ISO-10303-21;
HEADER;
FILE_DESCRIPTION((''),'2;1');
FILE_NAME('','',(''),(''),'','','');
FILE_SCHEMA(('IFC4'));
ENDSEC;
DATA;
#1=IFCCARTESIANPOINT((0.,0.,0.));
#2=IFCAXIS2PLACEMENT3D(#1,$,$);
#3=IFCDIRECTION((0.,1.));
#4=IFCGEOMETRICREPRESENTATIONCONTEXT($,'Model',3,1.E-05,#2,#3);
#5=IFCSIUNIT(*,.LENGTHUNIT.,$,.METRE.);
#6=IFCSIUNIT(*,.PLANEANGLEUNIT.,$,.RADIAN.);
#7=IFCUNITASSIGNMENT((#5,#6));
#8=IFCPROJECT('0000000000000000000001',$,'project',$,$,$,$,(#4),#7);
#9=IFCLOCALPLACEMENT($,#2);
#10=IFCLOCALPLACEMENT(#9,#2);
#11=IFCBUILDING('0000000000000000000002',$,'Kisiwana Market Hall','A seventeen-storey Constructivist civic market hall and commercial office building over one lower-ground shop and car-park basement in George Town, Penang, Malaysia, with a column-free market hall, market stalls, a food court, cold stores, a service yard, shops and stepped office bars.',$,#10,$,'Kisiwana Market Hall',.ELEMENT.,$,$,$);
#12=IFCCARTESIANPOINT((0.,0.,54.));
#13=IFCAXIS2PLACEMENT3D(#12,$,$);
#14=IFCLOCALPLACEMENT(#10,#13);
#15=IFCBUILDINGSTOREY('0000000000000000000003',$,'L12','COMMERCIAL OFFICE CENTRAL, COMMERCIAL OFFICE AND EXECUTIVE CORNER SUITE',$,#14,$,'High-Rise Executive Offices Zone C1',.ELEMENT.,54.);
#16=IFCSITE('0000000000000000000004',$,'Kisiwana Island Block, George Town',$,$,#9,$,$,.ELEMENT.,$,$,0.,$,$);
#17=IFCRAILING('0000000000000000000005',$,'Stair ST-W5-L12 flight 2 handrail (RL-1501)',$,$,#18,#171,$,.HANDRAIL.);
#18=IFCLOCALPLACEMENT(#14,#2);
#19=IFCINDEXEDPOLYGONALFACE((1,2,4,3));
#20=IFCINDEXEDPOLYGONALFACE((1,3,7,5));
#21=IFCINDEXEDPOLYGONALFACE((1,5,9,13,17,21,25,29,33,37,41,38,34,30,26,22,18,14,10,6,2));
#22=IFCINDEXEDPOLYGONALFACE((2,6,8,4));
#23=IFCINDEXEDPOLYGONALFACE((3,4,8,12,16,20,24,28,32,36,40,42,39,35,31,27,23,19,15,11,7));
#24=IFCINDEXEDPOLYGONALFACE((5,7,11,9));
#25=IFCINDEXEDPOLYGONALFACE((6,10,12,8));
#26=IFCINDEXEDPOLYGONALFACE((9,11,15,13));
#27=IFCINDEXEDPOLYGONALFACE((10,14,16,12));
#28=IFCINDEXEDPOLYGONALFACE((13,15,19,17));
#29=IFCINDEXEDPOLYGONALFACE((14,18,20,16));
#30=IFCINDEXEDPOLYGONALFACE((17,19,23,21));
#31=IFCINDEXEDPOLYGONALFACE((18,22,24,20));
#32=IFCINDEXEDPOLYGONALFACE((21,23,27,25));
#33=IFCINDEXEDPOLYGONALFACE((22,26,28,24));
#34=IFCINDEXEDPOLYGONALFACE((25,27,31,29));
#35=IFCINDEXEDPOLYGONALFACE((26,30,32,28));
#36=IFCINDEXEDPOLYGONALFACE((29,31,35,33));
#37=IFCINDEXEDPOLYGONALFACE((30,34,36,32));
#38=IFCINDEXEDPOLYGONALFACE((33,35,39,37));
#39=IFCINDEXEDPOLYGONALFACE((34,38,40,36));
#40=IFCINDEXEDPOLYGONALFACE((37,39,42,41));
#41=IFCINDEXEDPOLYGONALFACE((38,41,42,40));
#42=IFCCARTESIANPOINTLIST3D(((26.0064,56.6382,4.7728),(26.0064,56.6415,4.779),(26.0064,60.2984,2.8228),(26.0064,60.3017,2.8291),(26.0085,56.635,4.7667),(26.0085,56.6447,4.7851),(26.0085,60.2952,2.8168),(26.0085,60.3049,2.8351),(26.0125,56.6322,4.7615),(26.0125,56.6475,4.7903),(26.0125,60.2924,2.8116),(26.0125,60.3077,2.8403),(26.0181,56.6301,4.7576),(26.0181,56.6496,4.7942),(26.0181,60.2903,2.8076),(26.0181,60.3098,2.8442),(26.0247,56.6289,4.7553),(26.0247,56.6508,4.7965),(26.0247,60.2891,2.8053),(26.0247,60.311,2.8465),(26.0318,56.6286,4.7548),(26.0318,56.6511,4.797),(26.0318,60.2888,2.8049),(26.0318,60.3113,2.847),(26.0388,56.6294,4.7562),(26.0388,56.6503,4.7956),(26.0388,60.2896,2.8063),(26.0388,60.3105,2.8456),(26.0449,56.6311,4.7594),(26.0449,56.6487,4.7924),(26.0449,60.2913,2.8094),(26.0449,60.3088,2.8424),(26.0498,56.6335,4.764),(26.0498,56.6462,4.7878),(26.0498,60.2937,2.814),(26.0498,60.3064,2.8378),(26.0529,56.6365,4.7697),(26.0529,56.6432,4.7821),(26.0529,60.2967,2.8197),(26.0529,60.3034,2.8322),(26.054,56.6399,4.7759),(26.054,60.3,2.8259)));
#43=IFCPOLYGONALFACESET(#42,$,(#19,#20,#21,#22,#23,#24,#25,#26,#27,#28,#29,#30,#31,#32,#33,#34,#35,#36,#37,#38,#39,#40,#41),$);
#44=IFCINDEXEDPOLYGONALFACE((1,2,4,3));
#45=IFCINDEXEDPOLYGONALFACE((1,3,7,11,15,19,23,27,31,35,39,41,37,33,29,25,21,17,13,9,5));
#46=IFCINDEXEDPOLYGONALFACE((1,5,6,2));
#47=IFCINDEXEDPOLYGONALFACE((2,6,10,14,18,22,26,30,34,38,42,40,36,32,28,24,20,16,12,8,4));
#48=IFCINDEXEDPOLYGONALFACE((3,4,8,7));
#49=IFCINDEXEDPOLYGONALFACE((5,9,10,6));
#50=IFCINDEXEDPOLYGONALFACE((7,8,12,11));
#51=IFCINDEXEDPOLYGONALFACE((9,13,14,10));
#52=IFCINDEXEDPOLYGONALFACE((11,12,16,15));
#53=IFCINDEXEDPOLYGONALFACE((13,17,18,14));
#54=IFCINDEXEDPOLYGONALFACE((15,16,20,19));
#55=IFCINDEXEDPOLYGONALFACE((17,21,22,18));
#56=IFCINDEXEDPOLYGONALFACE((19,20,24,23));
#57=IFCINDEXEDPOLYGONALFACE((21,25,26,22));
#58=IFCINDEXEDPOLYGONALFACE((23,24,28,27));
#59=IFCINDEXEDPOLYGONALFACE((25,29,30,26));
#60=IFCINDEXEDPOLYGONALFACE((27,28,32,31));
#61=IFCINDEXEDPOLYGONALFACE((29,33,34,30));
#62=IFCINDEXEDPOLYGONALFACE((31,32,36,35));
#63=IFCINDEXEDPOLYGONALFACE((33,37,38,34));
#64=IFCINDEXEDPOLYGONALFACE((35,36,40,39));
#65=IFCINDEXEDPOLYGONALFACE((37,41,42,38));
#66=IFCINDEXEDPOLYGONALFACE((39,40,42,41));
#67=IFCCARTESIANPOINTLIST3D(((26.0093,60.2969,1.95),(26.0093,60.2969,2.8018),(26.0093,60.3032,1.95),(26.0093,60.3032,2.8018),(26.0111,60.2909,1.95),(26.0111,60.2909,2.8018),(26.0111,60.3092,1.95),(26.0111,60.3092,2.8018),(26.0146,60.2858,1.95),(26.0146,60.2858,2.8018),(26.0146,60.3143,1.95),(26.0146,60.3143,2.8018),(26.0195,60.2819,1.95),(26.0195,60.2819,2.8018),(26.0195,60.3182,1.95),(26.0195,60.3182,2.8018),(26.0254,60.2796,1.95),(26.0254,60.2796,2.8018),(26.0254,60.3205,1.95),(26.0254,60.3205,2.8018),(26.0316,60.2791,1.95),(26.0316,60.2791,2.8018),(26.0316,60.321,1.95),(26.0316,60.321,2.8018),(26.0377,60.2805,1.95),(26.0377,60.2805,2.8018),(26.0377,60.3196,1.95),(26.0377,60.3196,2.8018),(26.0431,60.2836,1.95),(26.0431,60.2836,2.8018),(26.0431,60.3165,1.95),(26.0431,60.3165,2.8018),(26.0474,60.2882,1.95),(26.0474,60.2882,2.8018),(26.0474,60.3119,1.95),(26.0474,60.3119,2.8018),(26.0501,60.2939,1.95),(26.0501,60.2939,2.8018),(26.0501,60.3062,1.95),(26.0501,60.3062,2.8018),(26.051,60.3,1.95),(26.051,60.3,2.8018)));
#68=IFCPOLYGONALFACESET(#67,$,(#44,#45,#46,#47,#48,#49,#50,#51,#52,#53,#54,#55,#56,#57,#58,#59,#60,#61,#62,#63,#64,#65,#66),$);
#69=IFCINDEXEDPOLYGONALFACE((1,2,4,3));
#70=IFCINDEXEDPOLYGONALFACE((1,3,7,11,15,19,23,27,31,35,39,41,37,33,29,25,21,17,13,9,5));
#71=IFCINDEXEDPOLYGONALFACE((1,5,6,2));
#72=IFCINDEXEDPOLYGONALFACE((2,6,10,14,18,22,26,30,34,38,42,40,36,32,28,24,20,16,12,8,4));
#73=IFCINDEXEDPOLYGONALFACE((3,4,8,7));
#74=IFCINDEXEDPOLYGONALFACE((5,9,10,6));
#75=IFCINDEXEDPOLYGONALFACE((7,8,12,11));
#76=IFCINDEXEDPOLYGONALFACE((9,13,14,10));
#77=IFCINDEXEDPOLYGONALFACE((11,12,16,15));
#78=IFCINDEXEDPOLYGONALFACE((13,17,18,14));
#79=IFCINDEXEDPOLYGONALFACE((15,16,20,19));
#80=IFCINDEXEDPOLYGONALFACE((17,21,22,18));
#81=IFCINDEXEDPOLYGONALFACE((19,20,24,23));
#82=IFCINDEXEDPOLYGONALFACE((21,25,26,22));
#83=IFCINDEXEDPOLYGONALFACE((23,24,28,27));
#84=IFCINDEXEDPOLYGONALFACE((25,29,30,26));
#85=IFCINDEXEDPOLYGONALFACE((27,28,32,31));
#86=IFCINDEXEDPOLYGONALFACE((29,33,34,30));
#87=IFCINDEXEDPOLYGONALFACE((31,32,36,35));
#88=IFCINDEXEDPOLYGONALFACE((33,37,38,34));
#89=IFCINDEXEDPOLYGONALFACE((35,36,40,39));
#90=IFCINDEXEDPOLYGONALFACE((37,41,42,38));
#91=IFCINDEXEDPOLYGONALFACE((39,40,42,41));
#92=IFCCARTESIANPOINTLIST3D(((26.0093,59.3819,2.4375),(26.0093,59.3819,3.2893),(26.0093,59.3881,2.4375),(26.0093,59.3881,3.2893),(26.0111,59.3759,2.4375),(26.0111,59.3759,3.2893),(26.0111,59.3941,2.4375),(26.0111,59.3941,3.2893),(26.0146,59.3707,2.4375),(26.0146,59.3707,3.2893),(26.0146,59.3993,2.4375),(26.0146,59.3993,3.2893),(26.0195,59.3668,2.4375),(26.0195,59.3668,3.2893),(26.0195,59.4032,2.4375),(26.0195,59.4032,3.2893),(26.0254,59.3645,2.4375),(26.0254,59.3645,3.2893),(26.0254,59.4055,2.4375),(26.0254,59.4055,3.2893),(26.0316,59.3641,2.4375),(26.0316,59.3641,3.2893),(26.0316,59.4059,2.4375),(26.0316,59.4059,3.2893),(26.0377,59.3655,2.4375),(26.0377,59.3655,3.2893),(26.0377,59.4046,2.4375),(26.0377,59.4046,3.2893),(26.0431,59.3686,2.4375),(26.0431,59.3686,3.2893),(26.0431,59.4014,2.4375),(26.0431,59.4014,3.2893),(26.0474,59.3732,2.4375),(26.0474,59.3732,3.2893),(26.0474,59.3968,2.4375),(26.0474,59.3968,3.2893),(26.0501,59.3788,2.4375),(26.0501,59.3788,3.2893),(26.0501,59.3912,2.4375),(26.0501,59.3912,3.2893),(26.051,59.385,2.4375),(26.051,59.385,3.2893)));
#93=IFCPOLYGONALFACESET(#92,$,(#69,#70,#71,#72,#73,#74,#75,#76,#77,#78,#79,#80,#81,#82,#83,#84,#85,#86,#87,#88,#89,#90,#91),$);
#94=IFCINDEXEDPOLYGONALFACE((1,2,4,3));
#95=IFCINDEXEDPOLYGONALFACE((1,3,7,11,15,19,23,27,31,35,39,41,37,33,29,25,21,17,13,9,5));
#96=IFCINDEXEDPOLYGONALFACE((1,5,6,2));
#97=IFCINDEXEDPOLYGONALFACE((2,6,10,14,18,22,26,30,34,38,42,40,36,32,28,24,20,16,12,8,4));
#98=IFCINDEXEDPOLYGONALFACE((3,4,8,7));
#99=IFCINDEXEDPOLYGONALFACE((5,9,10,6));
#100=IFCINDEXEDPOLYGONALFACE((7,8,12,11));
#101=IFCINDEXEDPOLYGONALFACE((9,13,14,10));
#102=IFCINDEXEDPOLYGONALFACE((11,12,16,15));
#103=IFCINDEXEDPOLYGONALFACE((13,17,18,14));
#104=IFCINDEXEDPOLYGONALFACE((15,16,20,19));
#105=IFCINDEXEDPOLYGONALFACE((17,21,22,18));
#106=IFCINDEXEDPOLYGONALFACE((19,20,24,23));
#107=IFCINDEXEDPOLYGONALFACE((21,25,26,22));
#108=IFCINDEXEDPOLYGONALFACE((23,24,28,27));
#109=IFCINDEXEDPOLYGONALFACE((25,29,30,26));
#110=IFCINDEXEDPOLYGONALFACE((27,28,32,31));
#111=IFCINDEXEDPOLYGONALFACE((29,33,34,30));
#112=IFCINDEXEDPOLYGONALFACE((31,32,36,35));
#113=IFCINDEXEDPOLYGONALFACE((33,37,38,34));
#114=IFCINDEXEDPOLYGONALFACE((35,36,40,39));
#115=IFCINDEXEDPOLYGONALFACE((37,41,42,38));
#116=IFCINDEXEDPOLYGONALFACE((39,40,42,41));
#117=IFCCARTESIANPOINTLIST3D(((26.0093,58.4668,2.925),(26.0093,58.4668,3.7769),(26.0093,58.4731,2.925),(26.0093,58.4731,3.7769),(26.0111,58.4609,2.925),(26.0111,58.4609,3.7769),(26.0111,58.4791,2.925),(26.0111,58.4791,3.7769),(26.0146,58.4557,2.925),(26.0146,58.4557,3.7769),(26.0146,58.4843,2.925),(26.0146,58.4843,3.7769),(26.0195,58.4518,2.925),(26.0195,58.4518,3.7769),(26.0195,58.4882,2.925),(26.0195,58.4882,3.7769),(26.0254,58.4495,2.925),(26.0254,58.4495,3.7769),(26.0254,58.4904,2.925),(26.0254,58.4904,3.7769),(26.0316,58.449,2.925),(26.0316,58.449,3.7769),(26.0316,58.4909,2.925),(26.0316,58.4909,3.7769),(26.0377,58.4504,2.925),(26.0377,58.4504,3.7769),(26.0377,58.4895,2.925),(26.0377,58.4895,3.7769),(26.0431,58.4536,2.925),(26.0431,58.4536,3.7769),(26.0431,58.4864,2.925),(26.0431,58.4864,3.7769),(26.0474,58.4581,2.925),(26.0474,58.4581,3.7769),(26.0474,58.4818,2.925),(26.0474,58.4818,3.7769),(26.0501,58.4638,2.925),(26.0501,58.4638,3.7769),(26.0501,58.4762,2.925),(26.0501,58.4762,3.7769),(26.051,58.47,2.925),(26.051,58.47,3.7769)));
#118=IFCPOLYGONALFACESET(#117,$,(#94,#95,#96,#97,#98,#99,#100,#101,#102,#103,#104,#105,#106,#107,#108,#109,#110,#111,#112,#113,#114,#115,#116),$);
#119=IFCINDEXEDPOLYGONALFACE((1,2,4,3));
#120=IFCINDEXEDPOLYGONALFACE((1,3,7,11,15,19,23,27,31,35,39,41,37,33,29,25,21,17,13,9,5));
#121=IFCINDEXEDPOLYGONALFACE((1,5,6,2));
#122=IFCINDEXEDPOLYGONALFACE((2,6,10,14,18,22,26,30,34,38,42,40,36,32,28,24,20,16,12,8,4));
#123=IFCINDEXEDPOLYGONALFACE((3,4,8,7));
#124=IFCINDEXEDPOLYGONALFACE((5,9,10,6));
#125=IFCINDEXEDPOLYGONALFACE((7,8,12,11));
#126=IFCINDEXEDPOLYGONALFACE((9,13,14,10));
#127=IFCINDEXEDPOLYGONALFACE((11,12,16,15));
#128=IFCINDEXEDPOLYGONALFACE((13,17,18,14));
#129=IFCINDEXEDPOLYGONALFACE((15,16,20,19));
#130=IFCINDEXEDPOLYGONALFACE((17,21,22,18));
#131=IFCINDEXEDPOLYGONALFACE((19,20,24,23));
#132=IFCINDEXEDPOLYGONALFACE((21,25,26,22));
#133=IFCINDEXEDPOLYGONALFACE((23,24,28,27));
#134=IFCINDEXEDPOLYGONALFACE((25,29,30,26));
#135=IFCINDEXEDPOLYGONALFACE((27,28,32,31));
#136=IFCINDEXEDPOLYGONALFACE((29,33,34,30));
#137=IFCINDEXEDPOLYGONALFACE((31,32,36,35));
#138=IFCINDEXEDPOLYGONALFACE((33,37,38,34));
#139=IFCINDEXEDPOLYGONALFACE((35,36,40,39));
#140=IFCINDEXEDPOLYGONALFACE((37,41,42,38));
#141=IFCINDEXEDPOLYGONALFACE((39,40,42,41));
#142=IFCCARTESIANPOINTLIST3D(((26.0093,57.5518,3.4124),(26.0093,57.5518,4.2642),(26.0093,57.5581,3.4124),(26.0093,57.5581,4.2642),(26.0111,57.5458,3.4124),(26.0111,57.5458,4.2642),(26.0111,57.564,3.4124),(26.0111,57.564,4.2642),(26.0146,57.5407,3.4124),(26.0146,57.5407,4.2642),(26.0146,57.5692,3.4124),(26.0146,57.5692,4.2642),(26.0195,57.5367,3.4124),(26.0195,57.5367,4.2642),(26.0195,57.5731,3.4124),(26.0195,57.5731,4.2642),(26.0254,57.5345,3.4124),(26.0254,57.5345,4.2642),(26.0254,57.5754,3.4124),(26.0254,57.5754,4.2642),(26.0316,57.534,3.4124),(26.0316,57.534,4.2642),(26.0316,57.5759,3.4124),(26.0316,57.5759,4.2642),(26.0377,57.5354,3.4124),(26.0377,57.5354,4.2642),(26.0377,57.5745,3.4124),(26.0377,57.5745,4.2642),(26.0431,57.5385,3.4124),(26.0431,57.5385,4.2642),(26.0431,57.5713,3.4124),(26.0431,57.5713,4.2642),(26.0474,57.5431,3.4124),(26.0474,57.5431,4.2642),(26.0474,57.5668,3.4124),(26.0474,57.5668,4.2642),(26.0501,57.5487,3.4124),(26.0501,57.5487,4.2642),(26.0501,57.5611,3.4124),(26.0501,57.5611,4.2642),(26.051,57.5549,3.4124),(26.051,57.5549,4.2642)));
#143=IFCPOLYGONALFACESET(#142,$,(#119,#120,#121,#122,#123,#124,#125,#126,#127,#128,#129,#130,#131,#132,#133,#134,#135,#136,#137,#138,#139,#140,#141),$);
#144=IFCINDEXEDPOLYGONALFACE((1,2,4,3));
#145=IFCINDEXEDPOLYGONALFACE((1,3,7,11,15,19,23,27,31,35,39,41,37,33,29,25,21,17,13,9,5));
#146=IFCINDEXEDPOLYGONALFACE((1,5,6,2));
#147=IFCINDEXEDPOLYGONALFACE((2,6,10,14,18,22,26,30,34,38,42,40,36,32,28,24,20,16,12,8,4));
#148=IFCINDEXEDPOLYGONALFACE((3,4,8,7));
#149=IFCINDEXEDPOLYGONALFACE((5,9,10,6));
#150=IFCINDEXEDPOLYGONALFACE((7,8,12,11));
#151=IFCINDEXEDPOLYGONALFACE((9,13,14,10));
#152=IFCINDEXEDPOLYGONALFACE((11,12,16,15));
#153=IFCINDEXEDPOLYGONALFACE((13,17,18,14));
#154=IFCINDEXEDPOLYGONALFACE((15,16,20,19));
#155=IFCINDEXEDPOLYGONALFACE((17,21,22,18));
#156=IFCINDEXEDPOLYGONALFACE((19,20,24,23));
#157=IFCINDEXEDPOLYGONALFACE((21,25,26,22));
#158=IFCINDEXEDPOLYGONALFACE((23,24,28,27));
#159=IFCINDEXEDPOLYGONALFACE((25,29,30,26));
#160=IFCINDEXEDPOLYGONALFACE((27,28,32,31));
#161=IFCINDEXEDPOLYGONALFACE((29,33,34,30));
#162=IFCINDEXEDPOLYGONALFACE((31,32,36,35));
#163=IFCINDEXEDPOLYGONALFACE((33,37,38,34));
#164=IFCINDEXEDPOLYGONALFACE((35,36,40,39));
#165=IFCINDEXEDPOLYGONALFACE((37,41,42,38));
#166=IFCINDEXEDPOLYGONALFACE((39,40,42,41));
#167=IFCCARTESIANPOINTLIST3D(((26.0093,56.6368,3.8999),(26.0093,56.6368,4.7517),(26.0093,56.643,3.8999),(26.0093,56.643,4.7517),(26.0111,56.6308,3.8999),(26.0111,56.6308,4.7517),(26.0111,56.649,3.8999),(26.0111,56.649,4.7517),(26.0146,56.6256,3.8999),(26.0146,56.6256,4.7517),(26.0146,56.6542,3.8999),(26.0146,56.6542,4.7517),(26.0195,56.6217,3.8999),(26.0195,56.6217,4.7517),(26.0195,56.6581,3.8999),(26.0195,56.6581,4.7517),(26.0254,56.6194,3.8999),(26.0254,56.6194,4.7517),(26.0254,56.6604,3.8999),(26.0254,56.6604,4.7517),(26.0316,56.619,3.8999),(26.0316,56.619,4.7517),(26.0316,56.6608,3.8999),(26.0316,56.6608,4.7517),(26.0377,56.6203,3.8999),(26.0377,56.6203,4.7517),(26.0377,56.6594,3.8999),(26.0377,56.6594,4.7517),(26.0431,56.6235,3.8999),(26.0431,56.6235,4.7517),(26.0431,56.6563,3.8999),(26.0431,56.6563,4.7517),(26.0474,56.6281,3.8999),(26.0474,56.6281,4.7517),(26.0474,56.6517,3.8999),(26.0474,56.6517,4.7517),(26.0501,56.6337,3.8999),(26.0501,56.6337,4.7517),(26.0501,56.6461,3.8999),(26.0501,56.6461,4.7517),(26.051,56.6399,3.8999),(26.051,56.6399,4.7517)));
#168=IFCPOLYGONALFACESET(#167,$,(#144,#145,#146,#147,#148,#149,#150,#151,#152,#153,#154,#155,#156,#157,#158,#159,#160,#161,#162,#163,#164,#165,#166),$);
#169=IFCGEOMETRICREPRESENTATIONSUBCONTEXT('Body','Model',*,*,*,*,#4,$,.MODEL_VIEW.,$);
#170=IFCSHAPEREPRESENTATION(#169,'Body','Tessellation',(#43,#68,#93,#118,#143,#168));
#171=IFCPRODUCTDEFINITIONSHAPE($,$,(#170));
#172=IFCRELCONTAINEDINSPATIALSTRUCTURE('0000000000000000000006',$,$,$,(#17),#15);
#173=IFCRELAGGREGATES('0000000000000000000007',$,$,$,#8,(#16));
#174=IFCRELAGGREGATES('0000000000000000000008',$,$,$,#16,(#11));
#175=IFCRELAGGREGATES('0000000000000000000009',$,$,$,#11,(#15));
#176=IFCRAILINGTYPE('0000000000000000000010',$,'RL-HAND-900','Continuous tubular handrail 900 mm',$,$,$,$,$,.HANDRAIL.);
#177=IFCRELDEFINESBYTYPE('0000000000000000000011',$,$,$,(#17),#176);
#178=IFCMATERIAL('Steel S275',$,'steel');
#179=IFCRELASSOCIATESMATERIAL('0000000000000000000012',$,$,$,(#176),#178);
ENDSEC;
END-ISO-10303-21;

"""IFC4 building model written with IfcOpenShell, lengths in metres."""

from ifc_helpers import new_model, si_unit, direction, frame, origin, origin_2d, place, context, subcontext, project, spatial, circle, extrude, material, type_object, element, save


model = new_model("IFC4")

# Units and contexts
model_context = context("Model", 3, precision=1e-05, world=origin(), true_north=direction((0.0, 1.0)))
body_context = subcontext(model_context, "Body", "Model", "MODEL_VIEW")
ifc_project = project(units=[si_unit("LENGTHUNIT", "METRE"), si_unit("PLANEANGLEUNIT", "RADIAN")], contexts=[model_context])

# Site, building, storey
site_placement = place(None, origin())
site = spatial("IfcSite", under=ifc_project, at=site_placement, Name="Kisiwana Island Block, George Town", CompositionType="ELEMENT", RefElevation=0.0)
building_placement = place(site_placement, origin())
building = spatial("IfcBuilding", under=site, at=building_placement, Name="Kisiwana Market Hall", Description="A seventeen-storey Constructivist civic market hall and commercial office building over one lower-ground shop and car-park basement in George Town, Penang, Malaysia, with a column-free market hall, market stalls, a food court, cold stores, a service yard, shops and stepped office bars.", LongName="Kisiwana Market Hall", CompositionType="ELEMENT")
storey_placement = place(building_placement, frame((0.0, 0.0, 54.0)))
storey = spatial("IfcBuildingStorey", under=building, at=storey_placement, Name="L12", Description="COMMERCIAL OFFICE CENTRAL, COMMERCIAL OFFICE AND EXECUTIVE CORNER SUITE", LongName="High-Rise Executive Offices Zone C1", CompositionType="ELEMENT", Elevation=54.0)

# Railing
ifc_material_1 = material(Name="Steel S275", Category="steel")
railing_type_1 = type_object("IfcRailingType", Name="RL-HAND-900", Description="Continuous tubular handrail 900 mm", PredefinedType="HANDRAIL", material=ifc_material_1)
railing_1_placement = place(storey_placement, frame((26.03, 60.3, 1.95)))
element("IfcRailing", 1, at=railing_1_placement, inside=storey, type_object=railing_type_1, Name="Stair ST-W5-L12 flight 2 handrail (RL-1501)", PredefinedType="HANDRAIL", context=body_context, shape_type="SweptSolid", body=[
    extrude(circle(Radius=0.0239, at=origin_2d()), frame((0.0, 0.0, 0.876), z_axis=(0.0, -0.882566, 0.470188), x_axis=(1.0, 0.0, 0.0)), (0.0, 0.0, 1.0), 4.1472),
    extrude(circle(Radius=0.021, at=origin_2d()), origin(), (0.0, 0.0, 1.0), 0.8518),
    extrude(circle(Radius=0.021, at=origin_2d()), frame((0.0, -0.915, 0.4875)), (0.0, 0.0, 1.0), 0.8518),
    extrude(circle(Radius=0.021, at=origin_2d()), frame((0.0, -1.8301, 0.9751)), (0.0, 0.0, 1.0), 0.8518),
    extrude(circle(Radius=0.021, at=origin_2d()), frame((0.0, -2.7451, 1.4624)), (0.0, 0.0, 1.0), 0.8518),
    extrude(circle(Radius=0.021, at=origin_2d()), frame((0.0, -3.6602, 1.95)), (0.0, 0.0, 1.0), 0.8518),
])

save(model, "model.ifc")
